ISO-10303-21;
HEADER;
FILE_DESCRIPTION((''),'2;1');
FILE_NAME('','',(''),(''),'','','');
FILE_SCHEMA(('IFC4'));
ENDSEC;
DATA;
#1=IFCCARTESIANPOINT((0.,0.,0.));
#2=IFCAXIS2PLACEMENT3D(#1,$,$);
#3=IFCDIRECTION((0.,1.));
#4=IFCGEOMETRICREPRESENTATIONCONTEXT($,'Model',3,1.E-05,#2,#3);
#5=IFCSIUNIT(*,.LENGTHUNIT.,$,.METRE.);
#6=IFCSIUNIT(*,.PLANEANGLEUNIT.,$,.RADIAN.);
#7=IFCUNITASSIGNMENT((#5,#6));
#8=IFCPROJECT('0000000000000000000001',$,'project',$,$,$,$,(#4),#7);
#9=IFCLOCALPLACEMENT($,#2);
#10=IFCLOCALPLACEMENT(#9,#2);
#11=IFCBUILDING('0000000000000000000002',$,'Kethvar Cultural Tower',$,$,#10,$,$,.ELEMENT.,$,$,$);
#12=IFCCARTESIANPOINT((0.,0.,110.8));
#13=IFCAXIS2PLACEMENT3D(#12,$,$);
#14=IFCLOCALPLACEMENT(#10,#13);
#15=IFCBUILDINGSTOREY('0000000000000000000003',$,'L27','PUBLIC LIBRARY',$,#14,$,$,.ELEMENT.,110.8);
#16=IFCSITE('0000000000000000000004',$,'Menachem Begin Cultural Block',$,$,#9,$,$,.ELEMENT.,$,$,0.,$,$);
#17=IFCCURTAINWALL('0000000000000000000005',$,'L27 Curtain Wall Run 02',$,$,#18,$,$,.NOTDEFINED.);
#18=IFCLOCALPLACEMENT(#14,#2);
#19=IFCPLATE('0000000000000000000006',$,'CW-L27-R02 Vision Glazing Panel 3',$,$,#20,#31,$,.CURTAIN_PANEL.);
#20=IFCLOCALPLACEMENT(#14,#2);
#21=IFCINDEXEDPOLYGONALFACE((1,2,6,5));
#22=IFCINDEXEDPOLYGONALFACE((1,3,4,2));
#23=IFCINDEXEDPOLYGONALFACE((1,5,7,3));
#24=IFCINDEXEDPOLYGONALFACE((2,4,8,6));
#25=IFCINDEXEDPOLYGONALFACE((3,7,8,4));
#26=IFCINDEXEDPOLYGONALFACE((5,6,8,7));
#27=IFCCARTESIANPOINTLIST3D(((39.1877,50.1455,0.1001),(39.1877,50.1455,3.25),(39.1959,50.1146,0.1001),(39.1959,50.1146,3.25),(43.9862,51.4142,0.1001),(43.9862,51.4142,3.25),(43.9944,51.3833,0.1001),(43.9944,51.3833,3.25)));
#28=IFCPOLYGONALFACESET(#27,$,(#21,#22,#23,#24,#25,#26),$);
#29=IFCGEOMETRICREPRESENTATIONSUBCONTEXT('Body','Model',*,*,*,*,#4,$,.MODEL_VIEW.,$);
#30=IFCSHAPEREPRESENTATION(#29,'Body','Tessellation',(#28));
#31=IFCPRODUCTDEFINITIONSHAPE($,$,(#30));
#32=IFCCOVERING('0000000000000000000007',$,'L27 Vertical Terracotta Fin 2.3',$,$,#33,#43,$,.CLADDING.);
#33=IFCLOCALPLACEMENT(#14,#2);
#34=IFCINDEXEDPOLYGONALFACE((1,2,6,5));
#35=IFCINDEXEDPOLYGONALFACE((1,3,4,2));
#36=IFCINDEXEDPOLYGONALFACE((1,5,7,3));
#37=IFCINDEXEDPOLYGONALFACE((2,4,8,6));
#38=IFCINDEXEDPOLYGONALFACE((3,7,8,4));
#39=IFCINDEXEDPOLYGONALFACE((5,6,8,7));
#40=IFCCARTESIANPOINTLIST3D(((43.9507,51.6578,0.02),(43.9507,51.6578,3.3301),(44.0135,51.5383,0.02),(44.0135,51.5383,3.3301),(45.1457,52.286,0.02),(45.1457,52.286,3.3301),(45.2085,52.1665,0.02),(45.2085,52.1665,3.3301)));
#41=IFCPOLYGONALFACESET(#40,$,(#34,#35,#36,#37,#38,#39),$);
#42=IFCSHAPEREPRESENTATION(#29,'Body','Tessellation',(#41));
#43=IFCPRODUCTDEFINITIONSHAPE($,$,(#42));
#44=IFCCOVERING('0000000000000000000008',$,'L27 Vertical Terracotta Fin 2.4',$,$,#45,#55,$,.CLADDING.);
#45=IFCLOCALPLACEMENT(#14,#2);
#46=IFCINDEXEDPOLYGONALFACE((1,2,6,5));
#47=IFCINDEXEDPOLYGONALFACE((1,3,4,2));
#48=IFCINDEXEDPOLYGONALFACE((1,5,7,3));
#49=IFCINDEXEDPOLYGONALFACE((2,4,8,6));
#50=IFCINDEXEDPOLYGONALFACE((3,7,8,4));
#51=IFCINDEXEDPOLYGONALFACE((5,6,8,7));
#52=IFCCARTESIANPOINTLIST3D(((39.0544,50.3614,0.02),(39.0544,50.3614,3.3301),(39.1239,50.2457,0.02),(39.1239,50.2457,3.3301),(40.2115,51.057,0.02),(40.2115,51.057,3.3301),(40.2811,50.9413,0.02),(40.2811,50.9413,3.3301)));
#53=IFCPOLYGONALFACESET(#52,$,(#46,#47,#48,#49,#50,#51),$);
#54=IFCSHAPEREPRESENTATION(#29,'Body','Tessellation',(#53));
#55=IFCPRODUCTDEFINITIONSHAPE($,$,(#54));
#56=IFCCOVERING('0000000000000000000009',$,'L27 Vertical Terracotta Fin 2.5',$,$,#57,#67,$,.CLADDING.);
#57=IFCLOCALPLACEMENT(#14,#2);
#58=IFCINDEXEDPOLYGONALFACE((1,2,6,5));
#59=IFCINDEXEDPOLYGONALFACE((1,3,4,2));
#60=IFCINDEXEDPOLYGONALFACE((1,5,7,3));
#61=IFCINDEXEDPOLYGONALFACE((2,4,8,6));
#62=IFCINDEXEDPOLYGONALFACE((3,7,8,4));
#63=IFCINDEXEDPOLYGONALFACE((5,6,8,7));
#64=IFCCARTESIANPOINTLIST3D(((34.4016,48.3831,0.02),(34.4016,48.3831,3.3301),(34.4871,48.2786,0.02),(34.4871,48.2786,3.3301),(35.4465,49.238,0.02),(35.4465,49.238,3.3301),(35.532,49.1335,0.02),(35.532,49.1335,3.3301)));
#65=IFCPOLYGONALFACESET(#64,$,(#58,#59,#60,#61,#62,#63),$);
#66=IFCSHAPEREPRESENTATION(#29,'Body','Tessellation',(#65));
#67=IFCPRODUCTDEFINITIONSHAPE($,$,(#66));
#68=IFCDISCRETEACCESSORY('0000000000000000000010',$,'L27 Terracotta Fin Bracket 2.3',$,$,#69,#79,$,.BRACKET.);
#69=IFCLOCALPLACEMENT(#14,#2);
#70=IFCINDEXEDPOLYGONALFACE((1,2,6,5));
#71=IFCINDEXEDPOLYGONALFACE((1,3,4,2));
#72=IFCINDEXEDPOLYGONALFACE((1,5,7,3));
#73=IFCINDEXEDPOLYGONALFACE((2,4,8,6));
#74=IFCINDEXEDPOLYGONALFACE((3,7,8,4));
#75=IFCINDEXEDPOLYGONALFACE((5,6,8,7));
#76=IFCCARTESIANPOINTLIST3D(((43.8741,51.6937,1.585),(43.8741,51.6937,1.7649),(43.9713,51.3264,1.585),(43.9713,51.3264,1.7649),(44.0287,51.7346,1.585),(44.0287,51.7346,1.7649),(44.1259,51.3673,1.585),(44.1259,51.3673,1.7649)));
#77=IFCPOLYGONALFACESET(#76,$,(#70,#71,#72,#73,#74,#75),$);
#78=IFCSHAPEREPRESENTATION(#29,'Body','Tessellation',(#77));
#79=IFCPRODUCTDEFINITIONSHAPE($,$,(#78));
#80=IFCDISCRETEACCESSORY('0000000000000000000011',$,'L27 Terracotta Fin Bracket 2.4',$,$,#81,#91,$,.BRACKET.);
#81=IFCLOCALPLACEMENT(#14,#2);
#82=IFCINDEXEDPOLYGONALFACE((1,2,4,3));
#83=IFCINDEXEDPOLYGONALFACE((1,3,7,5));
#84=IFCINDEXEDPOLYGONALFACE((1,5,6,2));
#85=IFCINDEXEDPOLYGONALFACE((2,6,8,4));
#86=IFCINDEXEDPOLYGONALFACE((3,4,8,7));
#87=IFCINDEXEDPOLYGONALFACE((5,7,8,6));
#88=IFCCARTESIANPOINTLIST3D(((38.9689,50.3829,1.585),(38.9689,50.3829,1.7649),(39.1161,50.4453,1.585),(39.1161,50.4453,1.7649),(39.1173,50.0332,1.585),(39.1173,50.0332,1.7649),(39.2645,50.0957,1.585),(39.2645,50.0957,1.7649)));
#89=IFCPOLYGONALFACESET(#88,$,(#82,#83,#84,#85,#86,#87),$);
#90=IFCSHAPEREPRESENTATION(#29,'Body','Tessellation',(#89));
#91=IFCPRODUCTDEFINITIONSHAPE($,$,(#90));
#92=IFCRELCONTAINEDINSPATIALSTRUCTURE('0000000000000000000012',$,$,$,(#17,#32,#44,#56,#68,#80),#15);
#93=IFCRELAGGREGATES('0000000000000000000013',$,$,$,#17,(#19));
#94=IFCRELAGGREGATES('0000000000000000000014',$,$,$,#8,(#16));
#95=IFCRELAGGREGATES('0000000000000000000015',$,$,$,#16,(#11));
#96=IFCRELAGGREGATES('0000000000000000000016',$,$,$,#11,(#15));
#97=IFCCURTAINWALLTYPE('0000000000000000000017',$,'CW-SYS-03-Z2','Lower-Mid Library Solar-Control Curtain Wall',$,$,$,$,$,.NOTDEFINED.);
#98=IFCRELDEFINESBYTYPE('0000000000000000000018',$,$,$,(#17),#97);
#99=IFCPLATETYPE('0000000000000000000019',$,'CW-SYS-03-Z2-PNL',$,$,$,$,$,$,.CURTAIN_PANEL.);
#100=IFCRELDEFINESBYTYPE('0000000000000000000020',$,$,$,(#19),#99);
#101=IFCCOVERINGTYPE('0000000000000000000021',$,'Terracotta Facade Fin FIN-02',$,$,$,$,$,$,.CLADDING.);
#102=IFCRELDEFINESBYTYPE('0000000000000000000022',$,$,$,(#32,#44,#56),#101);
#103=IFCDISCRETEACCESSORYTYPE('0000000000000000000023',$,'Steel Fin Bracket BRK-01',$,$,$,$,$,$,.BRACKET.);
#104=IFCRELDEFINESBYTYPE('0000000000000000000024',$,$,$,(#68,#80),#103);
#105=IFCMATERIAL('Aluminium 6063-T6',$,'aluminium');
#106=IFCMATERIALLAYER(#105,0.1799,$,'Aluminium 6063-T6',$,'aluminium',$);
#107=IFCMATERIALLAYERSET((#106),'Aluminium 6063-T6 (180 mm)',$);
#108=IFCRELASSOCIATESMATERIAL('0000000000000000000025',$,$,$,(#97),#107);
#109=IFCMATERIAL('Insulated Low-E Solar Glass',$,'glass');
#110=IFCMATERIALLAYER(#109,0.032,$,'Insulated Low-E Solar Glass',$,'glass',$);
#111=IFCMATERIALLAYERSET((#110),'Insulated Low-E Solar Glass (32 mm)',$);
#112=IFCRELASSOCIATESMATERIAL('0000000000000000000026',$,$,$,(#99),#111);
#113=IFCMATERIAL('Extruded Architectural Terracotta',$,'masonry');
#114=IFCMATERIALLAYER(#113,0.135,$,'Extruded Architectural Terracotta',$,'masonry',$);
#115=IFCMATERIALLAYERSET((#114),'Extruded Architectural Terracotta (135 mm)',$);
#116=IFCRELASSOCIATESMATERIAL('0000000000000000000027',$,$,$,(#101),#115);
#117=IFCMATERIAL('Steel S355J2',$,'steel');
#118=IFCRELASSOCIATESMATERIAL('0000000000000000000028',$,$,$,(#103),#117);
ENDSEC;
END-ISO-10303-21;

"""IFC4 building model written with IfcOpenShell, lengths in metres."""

from ifc_helpers import new_model, si_unit, direction, frame, origin, origin_2d, place, context, subcontext, project, spatial, rectangle, extrude, source, transform, mapped, material, layer, layer_set, type_object, element, aggregate, save


model = new_model("IFC4")

# Units and contexts
model_context = context("Model", 3, precision=1e-05, world=origin(), true_north=direction((0.0, 1.0)))
body_context = subcontext(model_context, "Body", "Model", "MODEL_VIEW")
ifc_project = project(units=[si_unit("LENGTHUNIT", "METRE"), si_unit("PLANEANGLEUNIT", "RADIAN")], contexts=[model_context])

# Site, building, storey
site_placement = place(None, origin())
site = spatial("IfcSite", under=ifc_project, at=site_placement, Name="Menachem Begin Cultural Block", CompositionType="ELEMENT", RefElevation=0.0)
building_placement = place(site_placement, origin())
building = spatial("IfcBuilding", under=site, at=building_placement, Name="Kethvar Cultural Tower", CompositionType="ELEMENT")
storey_placement = place(building_placement, frame((0.0, 0.0, 110.8)))
storey = spatial("IfcBuildingStorey", under=building, at=storey_placement, Name="L27", Description="PUBLIC LIBRARY", CompositionType="ELEMENT", Elevation=110.8)

# Shared definitions
ifc_material_1 = material(Name="Steel S355J2", Category="steel")

# Curtain wall, plate
ifc_material_2 = material(Name="Aluminium 6063-T6", Category="aluminium")
ifc_layer_1 = layer(ifc_material_2, 0.1799, Name="Aluminium 6063-T6", Category="aluminium")
ifc_layer_set_1 = layer_set([ifc_layer_1], Name="Aluminium 6063-T6 (180 mm)")
curtain_wall_type = type_object("IfcCurtainWallType", Name="CW-SYS-03-Z2", Description="Lower-Mid Library Solar-Control Curtain Wall", PredefinedType="NOTDEFINED", material=ifc_layer_set_1)
curtain_wall_placement = place(storey_placement, origin())
curtain_wall = element("IfcCurtainWall", 1, at=curtain_wall_placement, inside=storey, type_object=curtain_wall_type, Name="L27 Curtain Wall Run 02", PredefinedType="NOTDEFINED")
ifc_material_3 = material(Name="Insulated Low-E Solar Glass", Category="glass")
ifc_layer_2 = layer(ifc_material_3, 0.032, Name="Insulated Low-E Solar Glass", Category="glass")
ifc_layer_set_2 = layer_set([ifc_layer_2], Name="Insulated Low-E Solar Glass (32 mm)")
plate_type = type_object("IfcPlateType", Name="CW-SYS-03-Z2-PNL", PredefinedType="CURTAIN_PANEL", material=ifc_layer_set_2)
shared_shape_1 = source(origin(), body_context, "Body", "SweptSolid", [
    extrude(rectangle(XDim=4.9634, YDim=0.032, at=origin_2d()), origin(), (0.0, 0.0, 1.0), 3.1499),
])
plate_1_placement = place(storey_placement, frame((41.5911, 50.7644, 0.1001), z_axis=(0.0, 0.0, 1.0), x_axis=(-0.966779, -0.255614, 0.0)))
plate_1 = element("IfcPlate", 2, at=plate_1_placement, type_object=plate_type, Name="CW-L27-R02 Vision Glazing Panel 3", PredefinedType="CURTAIN_PANEL", context=body_context, shape_type="MappedRepresentation", body=[
    mapped(shared_shape_1, transform((0.0, 0.0, 0.0), scale=1.0)),
])
aggregate(curtain_wall, [plate_1])

# Coverings
ifc_material_4 = material(Name="Extruded Architectural Terracotta", Category="masonry")
ifc_layer_3 = layer(ifc_material_4, 0.135, Name="Extruded Architectural Terracotta", Category="masonry")
ifc_layer_set_3 = layer_set([ifc_layer_3], Name="Extruded Architectural Terracotta (135 mm)")
covering_type = type_object("IfcCoveringType", Name="Terracotta Facade Fin FIN-02", PredefinedType="CLADDING", material=ifc_layer_set_3)
shared_shape_2 = source(origin(), body_context, "Body", "SweptSolid", [
    extrude(rectangle(XDim=1.3501, YDim=0.135, at=origin_2d()), origin(), (0.0, 0.0, 1.0), 3.3101),
])
for number, where, z_axis, x_axis, name in (
    (3, (44.5796, 51.9121, 0.02), (0.0, 0.0, 1.0), (0.88515, 0.465306, 0.0), "L27 Vertical Terracotta Fin 2.3"),
    (4, (39.6677, 50.6514, 0.02), (0.0, 0.0, 1.0), (0.857077, 0.515188, 0.0), "L27 Vertical Terracotta Fin 2.4"),
    (5, (34.9668, 48.7583, 0.02), (0.0, 0.0, 1.0), (0.773951, 0.633246, 0.0), "L27 Vertical Terracotta Fin 2.5"),
):
    element("IfcCovering", number, at=place(storey_placement, frame(where, z_axis=z_axis, x_axis=x_axis)), inside=storey, type_object=covering_type, Name=name, PredefinedType="CLADDING", context=body_context, shape_type="MappedRepresentation", body=[
        mapped(shared_shape_2, transform((0.0, 0.0, 0.0), scale=1.0)),
    ])

# Discrete accessories
discrete_accessory_type = type_object("IfcDiscreteAccessoryType", Name="Steel Fin Bracket BRK-01", PredefinedType="BRACKET", material=ifc_material_1)
shared_shape_3 = source(origin(), body_context, "Body", "SweptSolid", [
    extrude(rectangle(XDim=0.3799, YDim=0.1599, at=origin_2d()), origin(), (0.0, 0.0, 1.0), 0.1799),
])
for number, where, z_axis, x_axis, name in (
    (6, (44.0, 51.5305, 1.585), (0.0, 0.0, 1.0), (-0.255614, 0.966779, 0.0), "L27 Terracotta Fin Bracket 2.3"),
    (7, (39.1167, 50.2393, 1.585), (0.0, 0.0, 1.0), (-0.390731, 0.920505, 0.0), "L27 Terracotta Fin Bracket 2.4"),
):
    element("IfcDiscreteAccessory", number, at=place(storey_placement, frame(where, z_axis=z_axis, x_axis=x_axis)), inside=storey, type_object=discrete_accessory_type, Name=name, PredefinedType="BRACKET", context=body_context, shape_type="MappedRepresentation", body=[
        mapped(shared_shape_3, transform((0.0, 0.0, 0.0), scale=1.0)),
    ])

save(model, "model.ifc")
